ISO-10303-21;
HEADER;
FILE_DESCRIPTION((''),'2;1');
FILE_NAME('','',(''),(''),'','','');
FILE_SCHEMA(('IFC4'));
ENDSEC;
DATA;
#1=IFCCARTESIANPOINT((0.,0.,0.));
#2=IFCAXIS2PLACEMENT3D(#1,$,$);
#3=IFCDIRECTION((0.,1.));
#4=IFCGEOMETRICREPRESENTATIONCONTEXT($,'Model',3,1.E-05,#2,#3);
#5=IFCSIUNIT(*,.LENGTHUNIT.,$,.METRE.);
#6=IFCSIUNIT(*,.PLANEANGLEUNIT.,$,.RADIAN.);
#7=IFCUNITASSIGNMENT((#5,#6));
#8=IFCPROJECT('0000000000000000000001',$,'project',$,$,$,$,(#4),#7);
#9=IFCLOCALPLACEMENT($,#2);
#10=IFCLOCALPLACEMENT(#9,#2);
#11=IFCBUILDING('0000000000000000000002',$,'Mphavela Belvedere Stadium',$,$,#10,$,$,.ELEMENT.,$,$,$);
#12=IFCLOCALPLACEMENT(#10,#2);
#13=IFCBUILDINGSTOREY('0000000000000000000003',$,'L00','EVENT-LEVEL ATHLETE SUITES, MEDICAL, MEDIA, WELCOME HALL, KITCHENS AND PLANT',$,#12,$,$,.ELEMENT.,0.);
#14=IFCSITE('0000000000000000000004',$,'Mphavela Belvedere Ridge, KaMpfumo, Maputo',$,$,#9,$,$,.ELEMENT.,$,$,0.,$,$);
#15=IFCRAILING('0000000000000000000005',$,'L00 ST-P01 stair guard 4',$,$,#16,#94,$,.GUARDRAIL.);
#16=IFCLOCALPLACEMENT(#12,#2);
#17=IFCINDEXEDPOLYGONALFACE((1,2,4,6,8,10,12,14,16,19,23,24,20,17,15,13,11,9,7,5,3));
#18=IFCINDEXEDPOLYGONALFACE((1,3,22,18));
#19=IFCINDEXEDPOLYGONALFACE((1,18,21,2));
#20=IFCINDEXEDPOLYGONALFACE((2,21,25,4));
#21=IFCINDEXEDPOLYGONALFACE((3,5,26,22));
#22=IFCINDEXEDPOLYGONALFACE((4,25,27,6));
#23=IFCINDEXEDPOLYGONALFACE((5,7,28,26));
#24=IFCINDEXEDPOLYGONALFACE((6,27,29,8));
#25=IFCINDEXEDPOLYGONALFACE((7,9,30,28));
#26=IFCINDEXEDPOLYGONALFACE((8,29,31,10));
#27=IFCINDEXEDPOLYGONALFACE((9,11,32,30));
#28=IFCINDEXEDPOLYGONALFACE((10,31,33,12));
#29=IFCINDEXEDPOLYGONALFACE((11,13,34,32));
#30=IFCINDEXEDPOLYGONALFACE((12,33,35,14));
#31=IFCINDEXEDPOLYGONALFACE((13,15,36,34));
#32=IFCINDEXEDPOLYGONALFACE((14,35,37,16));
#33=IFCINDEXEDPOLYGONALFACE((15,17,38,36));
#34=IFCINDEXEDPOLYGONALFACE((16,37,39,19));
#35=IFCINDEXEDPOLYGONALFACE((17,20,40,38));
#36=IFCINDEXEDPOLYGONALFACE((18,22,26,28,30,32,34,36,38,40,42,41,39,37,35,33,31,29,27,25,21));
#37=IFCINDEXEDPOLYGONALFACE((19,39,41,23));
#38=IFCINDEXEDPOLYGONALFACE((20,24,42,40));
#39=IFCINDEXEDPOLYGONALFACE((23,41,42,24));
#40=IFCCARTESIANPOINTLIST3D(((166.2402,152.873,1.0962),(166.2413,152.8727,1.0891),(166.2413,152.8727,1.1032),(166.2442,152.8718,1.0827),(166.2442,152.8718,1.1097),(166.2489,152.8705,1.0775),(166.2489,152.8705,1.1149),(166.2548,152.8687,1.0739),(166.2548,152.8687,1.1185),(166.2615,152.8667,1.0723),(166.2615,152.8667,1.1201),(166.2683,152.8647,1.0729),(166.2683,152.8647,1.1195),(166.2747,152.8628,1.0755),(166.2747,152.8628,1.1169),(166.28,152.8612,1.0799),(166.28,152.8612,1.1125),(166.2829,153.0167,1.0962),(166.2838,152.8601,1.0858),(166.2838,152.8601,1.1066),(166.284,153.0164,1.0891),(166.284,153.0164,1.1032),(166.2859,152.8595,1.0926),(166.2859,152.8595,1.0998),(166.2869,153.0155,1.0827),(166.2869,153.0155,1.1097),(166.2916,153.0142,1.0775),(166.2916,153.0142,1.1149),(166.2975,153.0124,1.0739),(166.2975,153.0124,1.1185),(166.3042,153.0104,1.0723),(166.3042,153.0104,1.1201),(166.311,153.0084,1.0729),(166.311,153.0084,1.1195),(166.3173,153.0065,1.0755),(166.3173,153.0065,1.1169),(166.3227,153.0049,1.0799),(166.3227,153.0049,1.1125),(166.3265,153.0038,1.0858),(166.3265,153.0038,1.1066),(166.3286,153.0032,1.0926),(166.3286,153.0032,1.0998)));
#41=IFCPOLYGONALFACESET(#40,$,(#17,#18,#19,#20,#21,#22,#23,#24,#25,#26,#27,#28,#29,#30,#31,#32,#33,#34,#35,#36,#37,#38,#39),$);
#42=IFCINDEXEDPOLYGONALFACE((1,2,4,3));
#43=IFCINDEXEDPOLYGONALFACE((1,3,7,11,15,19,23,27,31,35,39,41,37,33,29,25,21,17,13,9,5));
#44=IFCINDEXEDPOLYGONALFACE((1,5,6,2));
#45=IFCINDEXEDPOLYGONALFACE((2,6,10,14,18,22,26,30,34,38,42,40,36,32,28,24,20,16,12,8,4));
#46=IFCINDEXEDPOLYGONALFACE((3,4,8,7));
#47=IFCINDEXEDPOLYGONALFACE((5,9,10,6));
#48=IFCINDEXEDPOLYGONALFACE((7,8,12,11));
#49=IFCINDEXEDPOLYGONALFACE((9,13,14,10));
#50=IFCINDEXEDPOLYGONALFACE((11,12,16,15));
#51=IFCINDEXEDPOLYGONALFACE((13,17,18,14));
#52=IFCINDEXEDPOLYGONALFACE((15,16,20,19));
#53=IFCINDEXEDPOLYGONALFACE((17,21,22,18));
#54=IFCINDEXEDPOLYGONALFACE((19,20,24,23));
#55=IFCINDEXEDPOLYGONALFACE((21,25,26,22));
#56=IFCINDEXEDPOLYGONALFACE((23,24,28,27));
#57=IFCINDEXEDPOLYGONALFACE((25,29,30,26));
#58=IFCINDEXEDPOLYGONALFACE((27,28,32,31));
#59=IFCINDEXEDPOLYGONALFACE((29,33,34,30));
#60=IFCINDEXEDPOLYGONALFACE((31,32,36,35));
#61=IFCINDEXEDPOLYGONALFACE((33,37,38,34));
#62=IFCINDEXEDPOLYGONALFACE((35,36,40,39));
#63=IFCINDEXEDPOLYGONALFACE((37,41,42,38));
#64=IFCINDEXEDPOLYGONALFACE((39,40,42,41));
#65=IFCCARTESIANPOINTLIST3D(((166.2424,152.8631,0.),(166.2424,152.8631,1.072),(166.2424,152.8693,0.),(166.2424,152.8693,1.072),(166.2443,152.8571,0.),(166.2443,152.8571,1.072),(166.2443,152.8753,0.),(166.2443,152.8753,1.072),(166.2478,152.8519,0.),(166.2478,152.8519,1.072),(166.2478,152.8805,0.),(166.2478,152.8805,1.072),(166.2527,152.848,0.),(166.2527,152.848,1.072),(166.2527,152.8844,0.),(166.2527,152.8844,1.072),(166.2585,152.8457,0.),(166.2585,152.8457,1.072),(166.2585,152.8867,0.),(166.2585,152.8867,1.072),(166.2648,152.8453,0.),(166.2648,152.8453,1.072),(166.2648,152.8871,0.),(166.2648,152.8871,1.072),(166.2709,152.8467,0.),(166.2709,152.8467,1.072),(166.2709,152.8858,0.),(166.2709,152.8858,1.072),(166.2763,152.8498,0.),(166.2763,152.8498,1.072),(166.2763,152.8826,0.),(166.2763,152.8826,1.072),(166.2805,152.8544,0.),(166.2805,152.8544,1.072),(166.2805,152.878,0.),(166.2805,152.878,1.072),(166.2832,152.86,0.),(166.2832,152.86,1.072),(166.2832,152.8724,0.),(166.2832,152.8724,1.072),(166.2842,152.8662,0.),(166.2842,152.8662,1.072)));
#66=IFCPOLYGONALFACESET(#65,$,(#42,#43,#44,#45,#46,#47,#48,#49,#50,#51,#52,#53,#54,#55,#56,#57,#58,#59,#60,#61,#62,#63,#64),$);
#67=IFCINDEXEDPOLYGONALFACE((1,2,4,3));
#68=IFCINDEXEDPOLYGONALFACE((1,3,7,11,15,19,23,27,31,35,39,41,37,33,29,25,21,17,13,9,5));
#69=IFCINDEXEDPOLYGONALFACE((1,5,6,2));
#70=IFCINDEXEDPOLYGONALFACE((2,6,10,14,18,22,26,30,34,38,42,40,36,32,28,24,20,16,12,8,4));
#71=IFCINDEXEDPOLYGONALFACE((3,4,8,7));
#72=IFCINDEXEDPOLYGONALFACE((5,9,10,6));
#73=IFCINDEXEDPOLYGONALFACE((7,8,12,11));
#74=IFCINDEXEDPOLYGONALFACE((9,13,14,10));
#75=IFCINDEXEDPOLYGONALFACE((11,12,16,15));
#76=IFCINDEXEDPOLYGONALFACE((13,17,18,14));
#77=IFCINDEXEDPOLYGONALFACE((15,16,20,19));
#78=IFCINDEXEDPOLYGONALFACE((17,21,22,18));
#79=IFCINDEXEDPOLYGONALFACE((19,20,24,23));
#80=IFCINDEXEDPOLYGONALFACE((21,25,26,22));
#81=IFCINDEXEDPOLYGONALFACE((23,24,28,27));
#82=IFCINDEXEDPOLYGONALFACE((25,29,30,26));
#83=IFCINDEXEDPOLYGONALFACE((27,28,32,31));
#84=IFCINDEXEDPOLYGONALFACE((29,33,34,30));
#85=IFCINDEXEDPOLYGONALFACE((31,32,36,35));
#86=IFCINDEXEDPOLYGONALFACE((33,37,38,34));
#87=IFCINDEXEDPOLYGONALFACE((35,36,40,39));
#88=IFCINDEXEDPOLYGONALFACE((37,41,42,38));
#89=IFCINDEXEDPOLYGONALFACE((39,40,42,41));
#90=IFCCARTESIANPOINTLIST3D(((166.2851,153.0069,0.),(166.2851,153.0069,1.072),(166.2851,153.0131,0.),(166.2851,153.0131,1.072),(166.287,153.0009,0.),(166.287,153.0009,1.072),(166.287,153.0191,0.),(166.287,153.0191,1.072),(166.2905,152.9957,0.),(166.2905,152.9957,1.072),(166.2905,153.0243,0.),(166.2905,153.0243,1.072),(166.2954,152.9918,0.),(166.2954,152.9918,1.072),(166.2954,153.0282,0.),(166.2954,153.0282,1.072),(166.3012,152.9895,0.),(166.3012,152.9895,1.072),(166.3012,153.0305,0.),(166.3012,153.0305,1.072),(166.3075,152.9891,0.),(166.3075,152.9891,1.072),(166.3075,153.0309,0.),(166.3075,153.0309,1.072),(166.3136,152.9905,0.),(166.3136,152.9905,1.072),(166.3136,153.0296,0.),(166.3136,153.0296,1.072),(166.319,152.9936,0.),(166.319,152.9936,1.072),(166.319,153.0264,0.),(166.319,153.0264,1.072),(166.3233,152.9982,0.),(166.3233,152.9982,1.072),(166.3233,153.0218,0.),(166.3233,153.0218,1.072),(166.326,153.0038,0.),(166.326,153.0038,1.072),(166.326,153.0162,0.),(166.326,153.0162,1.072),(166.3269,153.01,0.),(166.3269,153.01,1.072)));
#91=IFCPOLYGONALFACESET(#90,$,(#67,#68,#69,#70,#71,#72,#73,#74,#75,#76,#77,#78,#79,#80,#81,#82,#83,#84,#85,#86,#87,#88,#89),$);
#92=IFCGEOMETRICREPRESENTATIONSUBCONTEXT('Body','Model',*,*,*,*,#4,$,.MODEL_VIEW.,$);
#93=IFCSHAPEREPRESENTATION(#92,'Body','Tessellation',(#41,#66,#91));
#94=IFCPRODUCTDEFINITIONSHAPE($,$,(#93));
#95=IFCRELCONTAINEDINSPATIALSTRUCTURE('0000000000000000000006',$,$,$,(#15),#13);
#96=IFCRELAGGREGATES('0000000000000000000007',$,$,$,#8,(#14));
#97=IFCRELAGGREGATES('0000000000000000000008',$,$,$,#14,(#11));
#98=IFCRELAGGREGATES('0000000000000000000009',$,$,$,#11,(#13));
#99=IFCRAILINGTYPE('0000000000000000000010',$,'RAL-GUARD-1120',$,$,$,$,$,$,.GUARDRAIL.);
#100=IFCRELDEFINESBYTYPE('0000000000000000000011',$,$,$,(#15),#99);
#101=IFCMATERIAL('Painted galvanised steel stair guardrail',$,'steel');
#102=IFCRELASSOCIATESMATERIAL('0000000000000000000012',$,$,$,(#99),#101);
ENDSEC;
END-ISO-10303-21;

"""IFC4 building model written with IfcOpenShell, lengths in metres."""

from ifc_helpers import new_model, si_unit, direction, frame, origin, origin_2d, place, context, subcontext, project, spatial, circle, extrude, material, type_object, element, save


model = new_model("IFC4")

# Units and contexts
model_context = context("Model", 3, precision=1e-05, world=origin(), true_north=direction((0.0, 1.0)))
body_context = subcontext(model_context, "Body", "Model", "MODEL_VIEW")
ifc_project = project(units=[si_unit("LENGTHUNIT", "METRE"), si_unit("PLANEANGLEUNIT", "RADIAN")], contexts=[model_context])

# Site, building, storey
site_placement = place(None, origin())
site = spatial("IfcSite", under=ifc_project, at=site_placement, Name="Mphavela Belvedere Ridge, KaMpfumo, Maputo", CompositionType="ELEMENT", RefElevation=0.0)
building_placement = place(site_placement, origin())
building = spatial("IfcBuilding", under=site, at=building_placement, Name="Mphavela Belvedere Stadium", CompositionType="ELEMENT")
storey_placement = place(building_placement, origin())
storey = spatial("IfcBuildingStorey", under=building, at=storey_placement, Name="L00", Description="EVENT-LEVEL ATHLETE SUITES, MEDICAL, MEDIA, WELCOME HALL, KITCHENS AND PLANT", CompositionType="ELEMENT", Elevation=0.0)

# Railing
ifc_material_1 = material(Name="Painted galvanised steel stair guardrail", Category="steel")
railing_type_1 = type_object("IfcRailingType", Name="RAL-GUARD-1120", PredefinedType="GUARDRAIL", material=ifc_material_1)
railing_1_placement = place(storey_placement, frame((166.2632, 152.8662, 0.0)))
element("IfcRailing", 1, at=railing_1_placement, inside=storey, type_object=railing_type_1, Name="L00 ST-P01 stair guard 4", PredefinedType="GUARDRAIL", context=body_context, shape_type="SweptSolid", body=[
    extrude(circle(Radius=0.0239, at=origin_2d()), frame((0.0, 0.0, 1.0962), z_axis=(0.284809, 0.958584, 0.0), x_axis=(-0.958584, 0.284809, 0.0)), (0.0, 0.0, 1.0), 0.1499),
    extrude(circle(Radius=0.021, at=origin_2d()), origin(), (0.0, 0.0, 1.0), 1.072),
    extrude(circle(Radius=0.021, at=origin_2d()), frame((0.0427, 0.1438, 0.0)), (0.0, 0.0, 1.0), 1.072),
])

save(model, "model.ifc")
